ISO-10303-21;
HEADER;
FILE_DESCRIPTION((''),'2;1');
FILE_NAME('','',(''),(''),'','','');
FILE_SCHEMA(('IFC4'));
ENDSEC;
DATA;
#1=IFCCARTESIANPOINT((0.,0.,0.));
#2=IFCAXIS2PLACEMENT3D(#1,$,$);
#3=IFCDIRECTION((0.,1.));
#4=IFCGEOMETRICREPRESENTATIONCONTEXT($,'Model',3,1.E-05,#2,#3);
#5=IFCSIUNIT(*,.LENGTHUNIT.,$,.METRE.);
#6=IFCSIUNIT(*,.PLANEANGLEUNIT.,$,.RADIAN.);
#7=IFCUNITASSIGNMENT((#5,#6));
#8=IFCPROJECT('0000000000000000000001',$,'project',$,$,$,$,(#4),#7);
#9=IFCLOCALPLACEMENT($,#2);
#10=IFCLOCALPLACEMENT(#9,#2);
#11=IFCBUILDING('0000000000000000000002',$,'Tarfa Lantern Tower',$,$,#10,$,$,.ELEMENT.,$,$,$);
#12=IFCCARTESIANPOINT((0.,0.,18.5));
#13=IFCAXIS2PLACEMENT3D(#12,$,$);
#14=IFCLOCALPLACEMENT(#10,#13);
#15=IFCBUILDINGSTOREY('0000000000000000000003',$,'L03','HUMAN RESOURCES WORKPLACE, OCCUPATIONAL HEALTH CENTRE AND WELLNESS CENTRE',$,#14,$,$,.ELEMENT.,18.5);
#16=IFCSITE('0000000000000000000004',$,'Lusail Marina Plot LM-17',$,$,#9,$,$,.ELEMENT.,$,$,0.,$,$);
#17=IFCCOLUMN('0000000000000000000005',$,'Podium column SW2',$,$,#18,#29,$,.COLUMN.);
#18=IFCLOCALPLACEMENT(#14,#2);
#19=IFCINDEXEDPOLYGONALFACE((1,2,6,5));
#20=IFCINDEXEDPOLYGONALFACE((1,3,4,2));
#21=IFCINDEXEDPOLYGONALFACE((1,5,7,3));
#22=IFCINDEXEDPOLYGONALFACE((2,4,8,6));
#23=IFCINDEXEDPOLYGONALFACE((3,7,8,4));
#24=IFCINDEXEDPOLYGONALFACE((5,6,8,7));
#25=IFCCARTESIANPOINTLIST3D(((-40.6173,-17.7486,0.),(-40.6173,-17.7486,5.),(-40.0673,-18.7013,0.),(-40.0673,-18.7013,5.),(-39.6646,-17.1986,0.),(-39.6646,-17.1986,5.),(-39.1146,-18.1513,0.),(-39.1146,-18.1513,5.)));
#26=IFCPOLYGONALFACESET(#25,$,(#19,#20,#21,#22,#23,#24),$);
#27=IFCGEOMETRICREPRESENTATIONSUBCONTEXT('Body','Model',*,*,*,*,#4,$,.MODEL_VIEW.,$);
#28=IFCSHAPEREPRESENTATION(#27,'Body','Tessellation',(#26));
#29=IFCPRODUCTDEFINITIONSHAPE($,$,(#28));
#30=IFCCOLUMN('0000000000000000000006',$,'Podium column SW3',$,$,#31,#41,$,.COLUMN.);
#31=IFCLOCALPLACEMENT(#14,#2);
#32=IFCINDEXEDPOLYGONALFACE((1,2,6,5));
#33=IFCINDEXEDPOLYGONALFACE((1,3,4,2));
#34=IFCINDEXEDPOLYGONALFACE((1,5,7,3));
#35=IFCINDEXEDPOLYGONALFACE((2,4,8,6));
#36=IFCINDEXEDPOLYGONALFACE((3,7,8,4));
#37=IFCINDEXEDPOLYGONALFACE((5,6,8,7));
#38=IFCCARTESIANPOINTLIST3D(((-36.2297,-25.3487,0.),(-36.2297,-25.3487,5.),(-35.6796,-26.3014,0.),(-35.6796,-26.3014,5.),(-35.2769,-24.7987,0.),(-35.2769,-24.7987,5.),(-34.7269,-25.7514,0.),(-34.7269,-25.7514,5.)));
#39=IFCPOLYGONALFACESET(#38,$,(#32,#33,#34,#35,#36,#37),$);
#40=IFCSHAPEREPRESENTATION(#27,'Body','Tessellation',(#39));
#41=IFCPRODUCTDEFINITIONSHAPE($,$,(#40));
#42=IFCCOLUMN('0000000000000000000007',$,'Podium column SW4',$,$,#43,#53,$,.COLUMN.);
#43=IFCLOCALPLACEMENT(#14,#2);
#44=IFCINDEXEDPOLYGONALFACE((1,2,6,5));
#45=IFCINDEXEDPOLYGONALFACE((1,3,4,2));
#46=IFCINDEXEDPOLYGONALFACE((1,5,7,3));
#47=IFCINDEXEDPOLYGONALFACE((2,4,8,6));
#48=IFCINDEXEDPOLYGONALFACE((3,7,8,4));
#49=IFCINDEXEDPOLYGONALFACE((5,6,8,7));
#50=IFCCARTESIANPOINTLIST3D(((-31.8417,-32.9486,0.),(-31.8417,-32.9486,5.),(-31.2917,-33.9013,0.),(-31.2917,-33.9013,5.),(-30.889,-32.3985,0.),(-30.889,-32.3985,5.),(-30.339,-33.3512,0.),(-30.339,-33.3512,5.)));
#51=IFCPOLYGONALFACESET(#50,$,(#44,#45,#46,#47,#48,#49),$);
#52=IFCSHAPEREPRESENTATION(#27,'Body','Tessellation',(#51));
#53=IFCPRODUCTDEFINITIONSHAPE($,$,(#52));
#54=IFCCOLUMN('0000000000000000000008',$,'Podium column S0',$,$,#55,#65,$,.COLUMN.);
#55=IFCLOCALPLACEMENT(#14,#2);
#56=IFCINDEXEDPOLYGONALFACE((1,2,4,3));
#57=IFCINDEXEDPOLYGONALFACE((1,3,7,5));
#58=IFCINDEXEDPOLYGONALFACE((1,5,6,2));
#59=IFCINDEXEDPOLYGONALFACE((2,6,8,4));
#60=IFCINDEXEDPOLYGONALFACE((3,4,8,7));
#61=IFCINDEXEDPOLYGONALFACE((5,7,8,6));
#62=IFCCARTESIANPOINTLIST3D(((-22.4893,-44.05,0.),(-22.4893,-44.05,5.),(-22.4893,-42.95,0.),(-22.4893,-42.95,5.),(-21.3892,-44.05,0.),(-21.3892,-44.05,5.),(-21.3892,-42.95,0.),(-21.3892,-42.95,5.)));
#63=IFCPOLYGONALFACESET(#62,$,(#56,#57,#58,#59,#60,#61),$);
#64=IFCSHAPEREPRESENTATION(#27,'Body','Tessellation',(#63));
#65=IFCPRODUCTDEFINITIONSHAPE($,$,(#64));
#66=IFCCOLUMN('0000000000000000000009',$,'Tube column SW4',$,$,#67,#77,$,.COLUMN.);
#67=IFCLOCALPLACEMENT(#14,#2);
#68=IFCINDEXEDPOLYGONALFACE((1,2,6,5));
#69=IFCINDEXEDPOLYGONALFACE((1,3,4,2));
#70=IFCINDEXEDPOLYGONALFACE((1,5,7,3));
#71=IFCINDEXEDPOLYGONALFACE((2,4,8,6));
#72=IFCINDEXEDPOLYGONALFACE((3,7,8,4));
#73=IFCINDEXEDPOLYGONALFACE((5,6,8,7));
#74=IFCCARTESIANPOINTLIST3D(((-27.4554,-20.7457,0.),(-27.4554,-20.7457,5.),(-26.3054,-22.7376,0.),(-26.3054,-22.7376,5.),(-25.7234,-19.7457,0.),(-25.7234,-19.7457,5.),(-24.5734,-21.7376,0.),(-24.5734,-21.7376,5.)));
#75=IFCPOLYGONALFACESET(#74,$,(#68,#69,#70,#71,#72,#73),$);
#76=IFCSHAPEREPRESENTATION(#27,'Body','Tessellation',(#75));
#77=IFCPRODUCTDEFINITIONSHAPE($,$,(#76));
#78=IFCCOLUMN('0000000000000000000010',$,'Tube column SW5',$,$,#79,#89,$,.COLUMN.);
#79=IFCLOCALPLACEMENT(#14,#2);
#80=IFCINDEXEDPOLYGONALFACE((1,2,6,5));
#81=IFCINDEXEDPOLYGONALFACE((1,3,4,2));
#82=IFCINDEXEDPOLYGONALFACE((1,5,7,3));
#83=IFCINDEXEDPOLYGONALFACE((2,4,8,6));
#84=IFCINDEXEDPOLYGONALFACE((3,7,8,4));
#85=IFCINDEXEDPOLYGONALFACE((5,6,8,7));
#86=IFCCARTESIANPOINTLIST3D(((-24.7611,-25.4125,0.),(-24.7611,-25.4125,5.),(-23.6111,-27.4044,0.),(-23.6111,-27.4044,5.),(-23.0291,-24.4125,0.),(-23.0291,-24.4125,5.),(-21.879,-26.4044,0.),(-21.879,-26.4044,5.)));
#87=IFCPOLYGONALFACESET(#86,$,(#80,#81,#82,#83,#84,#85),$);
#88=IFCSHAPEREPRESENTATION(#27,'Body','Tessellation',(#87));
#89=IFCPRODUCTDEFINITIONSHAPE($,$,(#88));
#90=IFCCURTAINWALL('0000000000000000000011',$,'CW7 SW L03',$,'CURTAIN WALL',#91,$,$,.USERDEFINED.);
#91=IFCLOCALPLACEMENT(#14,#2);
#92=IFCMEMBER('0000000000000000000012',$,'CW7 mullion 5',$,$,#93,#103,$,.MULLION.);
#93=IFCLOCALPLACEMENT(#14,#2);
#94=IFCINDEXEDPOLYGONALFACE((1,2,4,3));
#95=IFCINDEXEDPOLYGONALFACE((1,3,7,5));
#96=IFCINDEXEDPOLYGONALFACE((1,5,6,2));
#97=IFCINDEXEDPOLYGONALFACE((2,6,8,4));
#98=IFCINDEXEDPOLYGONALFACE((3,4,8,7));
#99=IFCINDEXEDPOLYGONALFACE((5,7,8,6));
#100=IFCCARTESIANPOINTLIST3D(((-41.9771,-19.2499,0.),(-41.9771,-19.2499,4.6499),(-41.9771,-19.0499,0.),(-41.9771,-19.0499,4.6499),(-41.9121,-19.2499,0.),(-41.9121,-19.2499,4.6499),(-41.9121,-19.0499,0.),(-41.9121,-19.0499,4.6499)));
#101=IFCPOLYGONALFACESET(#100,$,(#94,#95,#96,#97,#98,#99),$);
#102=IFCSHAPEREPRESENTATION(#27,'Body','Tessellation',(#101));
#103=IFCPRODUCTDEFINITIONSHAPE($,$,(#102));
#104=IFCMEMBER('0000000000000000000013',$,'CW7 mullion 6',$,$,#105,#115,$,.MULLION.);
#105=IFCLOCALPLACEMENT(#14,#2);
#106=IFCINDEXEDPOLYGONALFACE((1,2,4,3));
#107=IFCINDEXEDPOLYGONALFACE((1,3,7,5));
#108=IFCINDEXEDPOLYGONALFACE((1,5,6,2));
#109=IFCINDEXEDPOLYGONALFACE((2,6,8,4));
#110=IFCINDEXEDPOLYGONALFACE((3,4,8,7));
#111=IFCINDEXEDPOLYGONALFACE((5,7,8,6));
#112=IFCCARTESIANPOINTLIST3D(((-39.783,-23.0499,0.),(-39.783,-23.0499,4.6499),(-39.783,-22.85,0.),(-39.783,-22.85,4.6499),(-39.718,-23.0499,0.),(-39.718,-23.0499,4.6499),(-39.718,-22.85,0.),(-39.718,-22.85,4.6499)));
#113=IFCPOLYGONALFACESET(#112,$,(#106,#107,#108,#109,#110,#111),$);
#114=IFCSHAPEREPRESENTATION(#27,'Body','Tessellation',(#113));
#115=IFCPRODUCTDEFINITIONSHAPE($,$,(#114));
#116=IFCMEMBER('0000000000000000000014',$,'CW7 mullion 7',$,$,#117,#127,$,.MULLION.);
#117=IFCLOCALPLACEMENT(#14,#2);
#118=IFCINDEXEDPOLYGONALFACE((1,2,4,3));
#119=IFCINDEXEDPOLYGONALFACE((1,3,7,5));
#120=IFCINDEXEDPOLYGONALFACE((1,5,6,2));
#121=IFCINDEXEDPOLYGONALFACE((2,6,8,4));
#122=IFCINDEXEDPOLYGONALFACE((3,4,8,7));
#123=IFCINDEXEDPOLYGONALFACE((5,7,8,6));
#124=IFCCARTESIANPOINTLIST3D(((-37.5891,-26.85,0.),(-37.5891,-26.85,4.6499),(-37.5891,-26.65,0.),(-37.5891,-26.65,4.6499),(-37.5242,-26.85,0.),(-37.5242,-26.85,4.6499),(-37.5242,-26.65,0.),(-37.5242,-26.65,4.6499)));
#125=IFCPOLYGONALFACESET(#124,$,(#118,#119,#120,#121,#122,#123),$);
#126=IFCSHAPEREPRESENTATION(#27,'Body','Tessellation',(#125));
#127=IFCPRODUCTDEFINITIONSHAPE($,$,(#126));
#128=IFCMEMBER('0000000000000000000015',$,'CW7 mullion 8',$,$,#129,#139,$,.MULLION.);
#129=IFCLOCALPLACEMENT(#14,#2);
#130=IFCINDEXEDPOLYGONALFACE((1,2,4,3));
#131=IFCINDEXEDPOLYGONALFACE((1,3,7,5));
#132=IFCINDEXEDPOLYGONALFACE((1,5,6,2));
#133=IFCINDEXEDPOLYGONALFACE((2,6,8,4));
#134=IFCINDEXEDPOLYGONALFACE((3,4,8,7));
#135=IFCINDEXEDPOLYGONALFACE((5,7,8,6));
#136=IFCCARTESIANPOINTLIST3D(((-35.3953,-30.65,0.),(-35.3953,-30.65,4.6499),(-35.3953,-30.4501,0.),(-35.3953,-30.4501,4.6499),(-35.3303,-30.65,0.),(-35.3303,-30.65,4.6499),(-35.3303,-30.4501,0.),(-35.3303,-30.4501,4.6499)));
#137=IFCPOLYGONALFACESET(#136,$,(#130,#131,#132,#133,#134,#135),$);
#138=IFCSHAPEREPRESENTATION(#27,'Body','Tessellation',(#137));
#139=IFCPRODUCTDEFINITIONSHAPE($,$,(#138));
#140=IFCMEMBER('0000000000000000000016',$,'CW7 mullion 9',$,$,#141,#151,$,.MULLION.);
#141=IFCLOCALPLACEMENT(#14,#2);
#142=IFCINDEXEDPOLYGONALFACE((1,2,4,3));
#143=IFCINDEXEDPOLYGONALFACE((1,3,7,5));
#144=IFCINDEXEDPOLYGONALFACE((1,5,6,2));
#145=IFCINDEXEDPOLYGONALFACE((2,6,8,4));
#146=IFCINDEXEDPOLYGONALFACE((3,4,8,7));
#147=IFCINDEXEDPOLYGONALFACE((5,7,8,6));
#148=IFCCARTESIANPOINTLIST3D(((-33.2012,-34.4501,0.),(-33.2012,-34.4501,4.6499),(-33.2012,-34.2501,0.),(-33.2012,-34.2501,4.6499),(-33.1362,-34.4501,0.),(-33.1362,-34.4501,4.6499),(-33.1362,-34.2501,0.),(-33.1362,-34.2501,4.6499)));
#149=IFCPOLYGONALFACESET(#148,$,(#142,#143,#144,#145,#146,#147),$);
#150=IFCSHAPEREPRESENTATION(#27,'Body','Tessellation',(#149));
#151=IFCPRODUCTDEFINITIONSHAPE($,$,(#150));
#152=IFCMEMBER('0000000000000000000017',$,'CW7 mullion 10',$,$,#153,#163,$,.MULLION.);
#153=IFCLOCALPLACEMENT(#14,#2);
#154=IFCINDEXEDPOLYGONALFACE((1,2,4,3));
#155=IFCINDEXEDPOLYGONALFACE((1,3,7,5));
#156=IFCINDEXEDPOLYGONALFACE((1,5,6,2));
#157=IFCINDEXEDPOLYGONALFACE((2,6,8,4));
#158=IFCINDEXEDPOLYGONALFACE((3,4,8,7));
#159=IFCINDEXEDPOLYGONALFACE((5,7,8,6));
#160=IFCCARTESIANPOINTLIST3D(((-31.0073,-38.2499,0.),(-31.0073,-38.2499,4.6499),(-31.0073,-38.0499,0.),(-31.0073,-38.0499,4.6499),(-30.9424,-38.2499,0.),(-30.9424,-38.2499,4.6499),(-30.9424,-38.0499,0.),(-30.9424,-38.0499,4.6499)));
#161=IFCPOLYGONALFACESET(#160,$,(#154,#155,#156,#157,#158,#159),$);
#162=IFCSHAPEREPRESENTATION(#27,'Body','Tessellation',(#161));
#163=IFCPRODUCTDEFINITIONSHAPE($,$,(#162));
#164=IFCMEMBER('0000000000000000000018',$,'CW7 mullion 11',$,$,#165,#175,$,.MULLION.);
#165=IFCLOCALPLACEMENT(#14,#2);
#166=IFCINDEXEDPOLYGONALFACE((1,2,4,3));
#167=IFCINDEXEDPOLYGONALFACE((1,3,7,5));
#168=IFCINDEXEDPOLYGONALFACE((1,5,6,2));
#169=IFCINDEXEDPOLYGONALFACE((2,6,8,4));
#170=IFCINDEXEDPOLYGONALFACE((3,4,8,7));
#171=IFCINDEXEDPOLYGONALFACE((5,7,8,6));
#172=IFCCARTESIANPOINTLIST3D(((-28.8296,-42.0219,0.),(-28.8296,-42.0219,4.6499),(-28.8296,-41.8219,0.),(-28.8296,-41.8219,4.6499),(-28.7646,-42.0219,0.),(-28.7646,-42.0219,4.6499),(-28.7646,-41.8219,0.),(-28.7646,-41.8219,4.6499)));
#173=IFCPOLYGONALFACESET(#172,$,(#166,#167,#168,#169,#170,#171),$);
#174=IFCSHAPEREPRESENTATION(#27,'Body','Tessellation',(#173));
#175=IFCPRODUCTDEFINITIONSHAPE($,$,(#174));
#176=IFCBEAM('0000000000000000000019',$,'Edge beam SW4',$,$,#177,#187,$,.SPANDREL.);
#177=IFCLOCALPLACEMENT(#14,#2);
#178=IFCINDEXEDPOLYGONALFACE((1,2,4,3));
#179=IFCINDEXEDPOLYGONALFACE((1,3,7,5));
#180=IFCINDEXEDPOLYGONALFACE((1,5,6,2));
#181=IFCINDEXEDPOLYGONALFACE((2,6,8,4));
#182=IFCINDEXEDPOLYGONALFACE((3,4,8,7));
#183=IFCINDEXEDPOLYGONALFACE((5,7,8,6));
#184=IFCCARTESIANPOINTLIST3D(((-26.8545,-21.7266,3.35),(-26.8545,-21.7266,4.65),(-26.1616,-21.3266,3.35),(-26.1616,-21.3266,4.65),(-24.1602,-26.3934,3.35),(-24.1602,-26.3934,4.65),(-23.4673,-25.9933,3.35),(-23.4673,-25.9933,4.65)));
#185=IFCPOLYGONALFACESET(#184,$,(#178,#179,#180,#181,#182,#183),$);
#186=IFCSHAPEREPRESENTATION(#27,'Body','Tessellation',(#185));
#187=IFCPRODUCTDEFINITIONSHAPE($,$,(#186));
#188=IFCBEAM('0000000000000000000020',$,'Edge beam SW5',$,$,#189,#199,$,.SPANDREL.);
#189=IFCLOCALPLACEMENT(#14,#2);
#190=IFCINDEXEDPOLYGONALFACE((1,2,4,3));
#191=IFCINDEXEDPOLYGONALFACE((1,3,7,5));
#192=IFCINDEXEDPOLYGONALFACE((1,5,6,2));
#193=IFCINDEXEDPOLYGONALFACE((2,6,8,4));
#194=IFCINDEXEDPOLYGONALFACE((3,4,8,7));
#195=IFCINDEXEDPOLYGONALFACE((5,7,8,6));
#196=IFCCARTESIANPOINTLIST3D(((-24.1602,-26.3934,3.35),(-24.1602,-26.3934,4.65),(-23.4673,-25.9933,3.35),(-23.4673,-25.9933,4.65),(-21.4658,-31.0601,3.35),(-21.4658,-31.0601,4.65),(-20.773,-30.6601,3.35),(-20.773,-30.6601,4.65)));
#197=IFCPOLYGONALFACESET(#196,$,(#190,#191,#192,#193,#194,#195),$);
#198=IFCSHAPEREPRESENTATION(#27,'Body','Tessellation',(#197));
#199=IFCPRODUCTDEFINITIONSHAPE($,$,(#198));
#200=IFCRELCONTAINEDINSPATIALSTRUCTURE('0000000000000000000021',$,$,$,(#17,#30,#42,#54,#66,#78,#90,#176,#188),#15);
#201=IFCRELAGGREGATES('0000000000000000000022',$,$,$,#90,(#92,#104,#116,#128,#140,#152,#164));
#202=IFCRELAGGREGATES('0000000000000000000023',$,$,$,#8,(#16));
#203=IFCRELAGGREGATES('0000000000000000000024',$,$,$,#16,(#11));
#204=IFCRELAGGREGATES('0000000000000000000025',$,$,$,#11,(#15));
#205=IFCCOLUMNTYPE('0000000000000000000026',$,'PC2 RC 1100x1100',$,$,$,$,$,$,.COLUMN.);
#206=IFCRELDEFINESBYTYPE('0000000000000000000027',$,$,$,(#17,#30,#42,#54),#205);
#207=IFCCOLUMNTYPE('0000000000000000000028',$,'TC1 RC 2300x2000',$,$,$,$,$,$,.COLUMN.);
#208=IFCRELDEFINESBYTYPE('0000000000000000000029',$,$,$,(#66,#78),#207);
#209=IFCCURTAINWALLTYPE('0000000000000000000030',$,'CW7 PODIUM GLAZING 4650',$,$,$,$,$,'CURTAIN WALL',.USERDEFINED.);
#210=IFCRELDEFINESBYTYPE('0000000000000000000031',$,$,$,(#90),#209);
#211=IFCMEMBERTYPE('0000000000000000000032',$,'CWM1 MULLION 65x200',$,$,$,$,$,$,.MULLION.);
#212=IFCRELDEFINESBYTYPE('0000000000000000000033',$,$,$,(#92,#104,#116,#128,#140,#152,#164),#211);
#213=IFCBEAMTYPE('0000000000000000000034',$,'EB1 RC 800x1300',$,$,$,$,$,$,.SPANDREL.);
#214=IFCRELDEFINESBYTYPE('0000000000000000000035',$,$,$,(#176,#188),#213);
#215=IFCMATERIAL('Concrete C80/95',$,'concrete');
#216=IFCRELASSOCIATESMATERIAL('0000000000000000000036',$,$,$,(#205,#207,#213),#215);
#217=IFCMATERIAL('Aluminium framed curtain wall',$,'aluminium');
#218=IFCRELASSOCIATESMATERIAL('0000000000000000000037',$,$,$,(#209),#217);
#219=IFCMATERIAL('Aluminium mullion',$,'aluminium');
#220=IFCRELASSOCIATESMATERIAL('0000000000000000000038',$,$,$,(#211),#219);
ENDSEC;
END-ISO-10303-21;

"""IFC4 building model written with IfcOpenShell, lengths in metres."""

from ifc_helpers import new_model, si_unit, direction, frame, origin, origin_2d, place, context, subcontext, project, spatial, rectangle, extrude, material, material_profile, profile_set, type_object, element, aggregate, save


model = new_model("IFC4")

# Units and contexts
model_context = context("Model", 3, precision=1e-05, world=origin(), true_north=direction((0.0, 1.0)))
body_context = subcontext(model_context, "Body", "Model", "MODEL_VIEW")
ifc_project = project(units=[si_unit("LENGTHUNIT", "METRE"), si_unit("PLANEANGLEUNIT", "RADIAN")], contexts=[model_context])

# Site, building, storey
site_placement = place(None, origin())
site = spatial("IfcSite", under=ifc_project, at=site_placement, Name="Lusail Marina Plot LM-17", CompositionType="ELEMENT", RefElevation=0.0)
building_placement = place(site_placement, origin())
building = spatial("IfcBuilding", under=site, at=building_placement, Name="Tarfa Lantern Tower", CompositionType="ELEMENT")
storey_placement = place(building_placement, frame((0.0, 0.0, 18.5)))
storey = spatial("IfcBuildingStorey", under=building, at=storey_placement, Name="L03", Description="HUMAN RESOURCES WORKPLACE, OCCUPATIONAL HEALTH CENTRE AND WELLNESS CENTRE", CompositionType="ELEMENT", Elevation=18.5)

# Columns
ifc_material_1 = material(Name="Concrete C80/95", Category="concrete")
ifc_material_profile_1 = material_profile(ifc_material_1, rectangle(XDim=1.1001, YDim=1.1001, at=origin_2d()), Name="RC 1100x1100")
ifc_profile_set_1 = profile_set([ifc_material_profile_1], Name="Concrete C80/95")
column_type_1 = type_object("IfcColumnType", Name="PC2 RC 1100x1100", PredefinedType="COLUMN", material=ifc_profile_set_1)
for number, where, z_axis, x_axis, name in (
    (1, (-39.866, -17.95, 0.0), (0.0, 0.0, 1.0), (0.5, -0.866025, 0.0), "Podium column SW2"),
    (2, (-35.4783, -25.55, 0.0), (0.0, 0.0, 1.0), (0.5, -0.866025, 0.0), "Podium column SW3"),
    (3, (-31.0903, -33.1499, 0.0), (0.0, 0.0, 1.0), (0.5, -0.866025, 0.0), "Podium column SW4"),
    (4, (-21.9392, -43.5, 0.0), (0.0, 0.0, 1.0), (1.0, 0.0, 0.0), "Podium column S0"),
):
    element("IfcColumn", number, at=place(storey_placement, frame(where, z_axis=z_axis, x_axis=x_axis)), inside=storey, type_object=column_type_1, Name=name, PredefinedType="COLUMN", context=body_context, shape_type="SweptSolid", body=[
        extrude(rectangle(XDim=1.1001, YDim=1.1001, at=origin_2d()), origin(), (0.0, 0.0, 1.0), 5.0),
    ])
ifc_material_profile_2 = material_profile(ifc_material_1, rectangle(XDim=2.3, YDim=2.0, at=origin_2d()), Name="RC 2300x2000")
ifc_profile_set_2 = profile_set([ifc_material_profile_2], Name="Concrete C80/95")
column_type_2 = type_object("IfcColumnType", Name="TC1 RC 2300x2000", PredefinedType="COLUMN", material=ifc_profile_set_2)
for number, where, z_axis, x_axis, name in (
    (5, (-26.0144, -21.2417, 0.0), (0.0, 0.0, 1.0), (0.5, -0.866025, 0.0), "Tube column SW4"),
    (6, (-23.3201, -25.9084, 0.0), (0.0, 0.0, 1.0), (0.5, -0.866025, 0.0), "Tube column SW5"),
):
    element("IfcColumn", number, at=place(storey_placement, frame(where, z_axis=z_axis, x_axis=x_axis)), inside=storey, type_object=column_type_2, Name=name, PredefinedType="COLUMN", context=body_context, shape_type="SweptSolid", body=[
        extrude(rectangle(XDim=2.3, YDim=2.0, at=origin_2d()), origin(), (0.0, 0.0, 1.0), 5.0),
    ])

# Curtain wall, members
ifc_material_2 = material(Name="Aluminium framed curtain wall", Category="aluminium")
curtain_wall_type = type_object("IfcCurtainWallType", Name="CW7 PODIUM GLAZING 4650", ElementType="CURTAIN WALL", PredefinedType="USERDEFINED", material=ifc_material_2)
curtain_wall_placement = place(storey_placement, origin())
curtain_wall = element("IfcCurtainWall", 7, at=curtain_wall_placement, inside=storey, type_object=curtain_wall_type, Name="CW7 SW L03", ObjectType="CURTAIN WALL", PredefinedType="USERDEFINED")
ifc_material_3 = material(Name="Aluminium mullion", Category="aluminium")
ifc_material_profile_3 = material_profile(ifc_material_3, rectangle(XDim=0.0649, YDim=0.2, at=origin_2d()), Name="AL MULLION 65x200")
ifc_profile_set_3 = profile_set([ifc_material_profile_3], Name="Aluminium mullion")
member_type = type_object("IfcMemberType", Name="CWM1 MULLION 65x200", PredefinedType="MULLION", material=ifc_profile_set_3)
member_1_placement = place(storey_placement, frame((-41.9446, -19.1499, 0.0), z_axis=(0.0, 0.0, 1.0), x_axis=(1.0, 0.0, 0.0)))
member_1 = element("IfcMember", 8, at=member_1_placement, type_object=member_type, Name="CW7 mullion 5", PredefinedType="MULLION", context=body_context, shape_type="SweptSolid", body=[
    extrude(rectangle(XDim=0.0649, YDim=0.2, at=origin_2d()), origin(), (0.0, 0.0, 1.0), 4.6499),
])
member_2_placement = place(storey_placement, frame((-39.7505, -22.95, 0.0), z_axis=(0.0, 0.0, 1.0), x_axis=(1.0, 0.0, 0.0)))
member_2 = element("IfcMember", 9, at=member_2_placement, type_object=member_type, Name="CW7 mullion 6", PredefinedType="MULLION", context=body_context, shape_type="SweptSolid", body=[
    extrude(rectangle(XDim=0.0649, YDim=0.2, at=origin_2d()), origin(), (0.0, 0.0, 1.0), 4.6499),
])
member_3_placement = place(storey_placement, frame((-37.5566, -26.75, 0.0), z_axis=(0.0, 0.0, 1.0), x_axis=(1.0, 0.0, 0.0)))
member_3 = element("IfcMember", 10, at=member_3_placement, type_object=member_type, Name="CW7 mullion 7", PredefinedType="MULLION", context=body_context, shape_type="SweptSolid", body=[
    extrude(rectangle(XDim=0.0649, YDim=0.2, at=origin_2d()), origin(), (0.0, 0.0, 1.0), 4.6499),
])
member_4_placement = place(storey_placement, frame((-35.3628, -30.55, 0.0), z_axis=(0.0, 0.0, 1.0), x_axis=(1.0, 0.0, 0.0)))
member_4 = element("IfcMember", 11, at=member_4_placement, type_object=member_type, Name="CW7 mullion 8", PredefinedType="MULLION", context=body_context, shape_type="SweptSolid", body=[
    extrude(rectangle(XDim=0.0649, YDim=0.2, at=origin_2d()), origin(), (0.0, 0.0, 1.0), 4.6499),
])
member_5_placement = place(storey_placement, frame((-33.1687, -34.3501, 0.0), z_axis=(0.0, 0.0, 1.0), x_axis=(1.0, 0.0, 0.0)))
member_5 = element("IfcMember", 12, at=member_5_placement, type_object=member_type, Name="CW7 mullion 9", PredefinedType="MULLION", context=body_context, shape_type="SweptSolid", body=[
    extrude(rectangle(XDim=0.0649, YDim=0.2, at=origin_2d()), origin(), (0.0, 0.0, 1.0), 4.6499),
])
member_6_placement = place(storey_placement, frame((-30.9749, -38.1499, 0.0), z_axis=(0.0, 0.0, 1.0), x_axis=(1.0, 0.0, 0.0)))
member_6 = element("IfcMember", 13, at=member_6_placement, type_object=member_type, Name="CW7 mullion 10", PredefinedType="MULLION", context=body_context, shape_type="SweptSolid", body=[
    extrude(rectangle(XDim=0.0649, YDim=0.2, at=origin_2d()), origin(), (0.0, 0.0, 1.0), 4.6499),
])
member_7_placement = place(storey_placement, frame((-28.7971, -41.9219, 0.0), z_axis=(0.0, 0.0, 1.0), x_axis=(1.0, 0.0, 0.0)))
member_7 = element("IfcMember", 14, at=member_7_placement, type_object=member_type, Name="CW7 mullion 11", PredefinedType="MULLION", context=body_context, shape_type="SweptSolid", body=[
    extrude(rectangle(XDim=0.0649, YDim=0.2, at=origin_2d()), origin(), (0.0, 0.0, 1.0), 4.6499),
])

# Beams
ifc_material_profile_4 = material_profile(ifc_material_1, rectangle(XDim=0.8, YDim=1.3, at=origin_2d()), Name="RC 800x1300")
ifc_profile_set_4 = profile_set([ifc_material_profile_4], Name="Concrete C80/95")
beam_type_1 = type_object("IfcBeamType", Name="EB1 RC 800x1300", PredefinedType="SPANDREL", material=ifc_profile_set_4)
for number, where, z_axis, x_axis, name in (
    (15, (-26.5081, -21.5266, 4.0), (0.499998, -0.866026, 0.0), (0.866026, 0.499998, 0.0), "Edge beam SW4"),
    (16, (-23.8137, -26.1934, 4.0), (0.499998, -0.866026, 0.0), (0.866026, 0.499998, 0.0), "Edge beam SW5"),
):
    element("IfcBeam", number, at=place(storey_placement, frame(where, z_axis=z_axis, x_axis=x_axis)), inside=storey, type_object=beam_type_1, Name=name, PredefinedType="SPANDREL", context=body_context, shape_type="SweptSolid", body=[
        extrude(rectangle(XDim=0.8, YDim=1.3, at=origin_2d()), origin(), (0.0, 0.0, 1.0), 5.3887),
    ])

aggregate(curtain_wall, [member_1, member_2, member_3, member_4, member_5, member_6, member_7])

save(model, "model.ifc")
